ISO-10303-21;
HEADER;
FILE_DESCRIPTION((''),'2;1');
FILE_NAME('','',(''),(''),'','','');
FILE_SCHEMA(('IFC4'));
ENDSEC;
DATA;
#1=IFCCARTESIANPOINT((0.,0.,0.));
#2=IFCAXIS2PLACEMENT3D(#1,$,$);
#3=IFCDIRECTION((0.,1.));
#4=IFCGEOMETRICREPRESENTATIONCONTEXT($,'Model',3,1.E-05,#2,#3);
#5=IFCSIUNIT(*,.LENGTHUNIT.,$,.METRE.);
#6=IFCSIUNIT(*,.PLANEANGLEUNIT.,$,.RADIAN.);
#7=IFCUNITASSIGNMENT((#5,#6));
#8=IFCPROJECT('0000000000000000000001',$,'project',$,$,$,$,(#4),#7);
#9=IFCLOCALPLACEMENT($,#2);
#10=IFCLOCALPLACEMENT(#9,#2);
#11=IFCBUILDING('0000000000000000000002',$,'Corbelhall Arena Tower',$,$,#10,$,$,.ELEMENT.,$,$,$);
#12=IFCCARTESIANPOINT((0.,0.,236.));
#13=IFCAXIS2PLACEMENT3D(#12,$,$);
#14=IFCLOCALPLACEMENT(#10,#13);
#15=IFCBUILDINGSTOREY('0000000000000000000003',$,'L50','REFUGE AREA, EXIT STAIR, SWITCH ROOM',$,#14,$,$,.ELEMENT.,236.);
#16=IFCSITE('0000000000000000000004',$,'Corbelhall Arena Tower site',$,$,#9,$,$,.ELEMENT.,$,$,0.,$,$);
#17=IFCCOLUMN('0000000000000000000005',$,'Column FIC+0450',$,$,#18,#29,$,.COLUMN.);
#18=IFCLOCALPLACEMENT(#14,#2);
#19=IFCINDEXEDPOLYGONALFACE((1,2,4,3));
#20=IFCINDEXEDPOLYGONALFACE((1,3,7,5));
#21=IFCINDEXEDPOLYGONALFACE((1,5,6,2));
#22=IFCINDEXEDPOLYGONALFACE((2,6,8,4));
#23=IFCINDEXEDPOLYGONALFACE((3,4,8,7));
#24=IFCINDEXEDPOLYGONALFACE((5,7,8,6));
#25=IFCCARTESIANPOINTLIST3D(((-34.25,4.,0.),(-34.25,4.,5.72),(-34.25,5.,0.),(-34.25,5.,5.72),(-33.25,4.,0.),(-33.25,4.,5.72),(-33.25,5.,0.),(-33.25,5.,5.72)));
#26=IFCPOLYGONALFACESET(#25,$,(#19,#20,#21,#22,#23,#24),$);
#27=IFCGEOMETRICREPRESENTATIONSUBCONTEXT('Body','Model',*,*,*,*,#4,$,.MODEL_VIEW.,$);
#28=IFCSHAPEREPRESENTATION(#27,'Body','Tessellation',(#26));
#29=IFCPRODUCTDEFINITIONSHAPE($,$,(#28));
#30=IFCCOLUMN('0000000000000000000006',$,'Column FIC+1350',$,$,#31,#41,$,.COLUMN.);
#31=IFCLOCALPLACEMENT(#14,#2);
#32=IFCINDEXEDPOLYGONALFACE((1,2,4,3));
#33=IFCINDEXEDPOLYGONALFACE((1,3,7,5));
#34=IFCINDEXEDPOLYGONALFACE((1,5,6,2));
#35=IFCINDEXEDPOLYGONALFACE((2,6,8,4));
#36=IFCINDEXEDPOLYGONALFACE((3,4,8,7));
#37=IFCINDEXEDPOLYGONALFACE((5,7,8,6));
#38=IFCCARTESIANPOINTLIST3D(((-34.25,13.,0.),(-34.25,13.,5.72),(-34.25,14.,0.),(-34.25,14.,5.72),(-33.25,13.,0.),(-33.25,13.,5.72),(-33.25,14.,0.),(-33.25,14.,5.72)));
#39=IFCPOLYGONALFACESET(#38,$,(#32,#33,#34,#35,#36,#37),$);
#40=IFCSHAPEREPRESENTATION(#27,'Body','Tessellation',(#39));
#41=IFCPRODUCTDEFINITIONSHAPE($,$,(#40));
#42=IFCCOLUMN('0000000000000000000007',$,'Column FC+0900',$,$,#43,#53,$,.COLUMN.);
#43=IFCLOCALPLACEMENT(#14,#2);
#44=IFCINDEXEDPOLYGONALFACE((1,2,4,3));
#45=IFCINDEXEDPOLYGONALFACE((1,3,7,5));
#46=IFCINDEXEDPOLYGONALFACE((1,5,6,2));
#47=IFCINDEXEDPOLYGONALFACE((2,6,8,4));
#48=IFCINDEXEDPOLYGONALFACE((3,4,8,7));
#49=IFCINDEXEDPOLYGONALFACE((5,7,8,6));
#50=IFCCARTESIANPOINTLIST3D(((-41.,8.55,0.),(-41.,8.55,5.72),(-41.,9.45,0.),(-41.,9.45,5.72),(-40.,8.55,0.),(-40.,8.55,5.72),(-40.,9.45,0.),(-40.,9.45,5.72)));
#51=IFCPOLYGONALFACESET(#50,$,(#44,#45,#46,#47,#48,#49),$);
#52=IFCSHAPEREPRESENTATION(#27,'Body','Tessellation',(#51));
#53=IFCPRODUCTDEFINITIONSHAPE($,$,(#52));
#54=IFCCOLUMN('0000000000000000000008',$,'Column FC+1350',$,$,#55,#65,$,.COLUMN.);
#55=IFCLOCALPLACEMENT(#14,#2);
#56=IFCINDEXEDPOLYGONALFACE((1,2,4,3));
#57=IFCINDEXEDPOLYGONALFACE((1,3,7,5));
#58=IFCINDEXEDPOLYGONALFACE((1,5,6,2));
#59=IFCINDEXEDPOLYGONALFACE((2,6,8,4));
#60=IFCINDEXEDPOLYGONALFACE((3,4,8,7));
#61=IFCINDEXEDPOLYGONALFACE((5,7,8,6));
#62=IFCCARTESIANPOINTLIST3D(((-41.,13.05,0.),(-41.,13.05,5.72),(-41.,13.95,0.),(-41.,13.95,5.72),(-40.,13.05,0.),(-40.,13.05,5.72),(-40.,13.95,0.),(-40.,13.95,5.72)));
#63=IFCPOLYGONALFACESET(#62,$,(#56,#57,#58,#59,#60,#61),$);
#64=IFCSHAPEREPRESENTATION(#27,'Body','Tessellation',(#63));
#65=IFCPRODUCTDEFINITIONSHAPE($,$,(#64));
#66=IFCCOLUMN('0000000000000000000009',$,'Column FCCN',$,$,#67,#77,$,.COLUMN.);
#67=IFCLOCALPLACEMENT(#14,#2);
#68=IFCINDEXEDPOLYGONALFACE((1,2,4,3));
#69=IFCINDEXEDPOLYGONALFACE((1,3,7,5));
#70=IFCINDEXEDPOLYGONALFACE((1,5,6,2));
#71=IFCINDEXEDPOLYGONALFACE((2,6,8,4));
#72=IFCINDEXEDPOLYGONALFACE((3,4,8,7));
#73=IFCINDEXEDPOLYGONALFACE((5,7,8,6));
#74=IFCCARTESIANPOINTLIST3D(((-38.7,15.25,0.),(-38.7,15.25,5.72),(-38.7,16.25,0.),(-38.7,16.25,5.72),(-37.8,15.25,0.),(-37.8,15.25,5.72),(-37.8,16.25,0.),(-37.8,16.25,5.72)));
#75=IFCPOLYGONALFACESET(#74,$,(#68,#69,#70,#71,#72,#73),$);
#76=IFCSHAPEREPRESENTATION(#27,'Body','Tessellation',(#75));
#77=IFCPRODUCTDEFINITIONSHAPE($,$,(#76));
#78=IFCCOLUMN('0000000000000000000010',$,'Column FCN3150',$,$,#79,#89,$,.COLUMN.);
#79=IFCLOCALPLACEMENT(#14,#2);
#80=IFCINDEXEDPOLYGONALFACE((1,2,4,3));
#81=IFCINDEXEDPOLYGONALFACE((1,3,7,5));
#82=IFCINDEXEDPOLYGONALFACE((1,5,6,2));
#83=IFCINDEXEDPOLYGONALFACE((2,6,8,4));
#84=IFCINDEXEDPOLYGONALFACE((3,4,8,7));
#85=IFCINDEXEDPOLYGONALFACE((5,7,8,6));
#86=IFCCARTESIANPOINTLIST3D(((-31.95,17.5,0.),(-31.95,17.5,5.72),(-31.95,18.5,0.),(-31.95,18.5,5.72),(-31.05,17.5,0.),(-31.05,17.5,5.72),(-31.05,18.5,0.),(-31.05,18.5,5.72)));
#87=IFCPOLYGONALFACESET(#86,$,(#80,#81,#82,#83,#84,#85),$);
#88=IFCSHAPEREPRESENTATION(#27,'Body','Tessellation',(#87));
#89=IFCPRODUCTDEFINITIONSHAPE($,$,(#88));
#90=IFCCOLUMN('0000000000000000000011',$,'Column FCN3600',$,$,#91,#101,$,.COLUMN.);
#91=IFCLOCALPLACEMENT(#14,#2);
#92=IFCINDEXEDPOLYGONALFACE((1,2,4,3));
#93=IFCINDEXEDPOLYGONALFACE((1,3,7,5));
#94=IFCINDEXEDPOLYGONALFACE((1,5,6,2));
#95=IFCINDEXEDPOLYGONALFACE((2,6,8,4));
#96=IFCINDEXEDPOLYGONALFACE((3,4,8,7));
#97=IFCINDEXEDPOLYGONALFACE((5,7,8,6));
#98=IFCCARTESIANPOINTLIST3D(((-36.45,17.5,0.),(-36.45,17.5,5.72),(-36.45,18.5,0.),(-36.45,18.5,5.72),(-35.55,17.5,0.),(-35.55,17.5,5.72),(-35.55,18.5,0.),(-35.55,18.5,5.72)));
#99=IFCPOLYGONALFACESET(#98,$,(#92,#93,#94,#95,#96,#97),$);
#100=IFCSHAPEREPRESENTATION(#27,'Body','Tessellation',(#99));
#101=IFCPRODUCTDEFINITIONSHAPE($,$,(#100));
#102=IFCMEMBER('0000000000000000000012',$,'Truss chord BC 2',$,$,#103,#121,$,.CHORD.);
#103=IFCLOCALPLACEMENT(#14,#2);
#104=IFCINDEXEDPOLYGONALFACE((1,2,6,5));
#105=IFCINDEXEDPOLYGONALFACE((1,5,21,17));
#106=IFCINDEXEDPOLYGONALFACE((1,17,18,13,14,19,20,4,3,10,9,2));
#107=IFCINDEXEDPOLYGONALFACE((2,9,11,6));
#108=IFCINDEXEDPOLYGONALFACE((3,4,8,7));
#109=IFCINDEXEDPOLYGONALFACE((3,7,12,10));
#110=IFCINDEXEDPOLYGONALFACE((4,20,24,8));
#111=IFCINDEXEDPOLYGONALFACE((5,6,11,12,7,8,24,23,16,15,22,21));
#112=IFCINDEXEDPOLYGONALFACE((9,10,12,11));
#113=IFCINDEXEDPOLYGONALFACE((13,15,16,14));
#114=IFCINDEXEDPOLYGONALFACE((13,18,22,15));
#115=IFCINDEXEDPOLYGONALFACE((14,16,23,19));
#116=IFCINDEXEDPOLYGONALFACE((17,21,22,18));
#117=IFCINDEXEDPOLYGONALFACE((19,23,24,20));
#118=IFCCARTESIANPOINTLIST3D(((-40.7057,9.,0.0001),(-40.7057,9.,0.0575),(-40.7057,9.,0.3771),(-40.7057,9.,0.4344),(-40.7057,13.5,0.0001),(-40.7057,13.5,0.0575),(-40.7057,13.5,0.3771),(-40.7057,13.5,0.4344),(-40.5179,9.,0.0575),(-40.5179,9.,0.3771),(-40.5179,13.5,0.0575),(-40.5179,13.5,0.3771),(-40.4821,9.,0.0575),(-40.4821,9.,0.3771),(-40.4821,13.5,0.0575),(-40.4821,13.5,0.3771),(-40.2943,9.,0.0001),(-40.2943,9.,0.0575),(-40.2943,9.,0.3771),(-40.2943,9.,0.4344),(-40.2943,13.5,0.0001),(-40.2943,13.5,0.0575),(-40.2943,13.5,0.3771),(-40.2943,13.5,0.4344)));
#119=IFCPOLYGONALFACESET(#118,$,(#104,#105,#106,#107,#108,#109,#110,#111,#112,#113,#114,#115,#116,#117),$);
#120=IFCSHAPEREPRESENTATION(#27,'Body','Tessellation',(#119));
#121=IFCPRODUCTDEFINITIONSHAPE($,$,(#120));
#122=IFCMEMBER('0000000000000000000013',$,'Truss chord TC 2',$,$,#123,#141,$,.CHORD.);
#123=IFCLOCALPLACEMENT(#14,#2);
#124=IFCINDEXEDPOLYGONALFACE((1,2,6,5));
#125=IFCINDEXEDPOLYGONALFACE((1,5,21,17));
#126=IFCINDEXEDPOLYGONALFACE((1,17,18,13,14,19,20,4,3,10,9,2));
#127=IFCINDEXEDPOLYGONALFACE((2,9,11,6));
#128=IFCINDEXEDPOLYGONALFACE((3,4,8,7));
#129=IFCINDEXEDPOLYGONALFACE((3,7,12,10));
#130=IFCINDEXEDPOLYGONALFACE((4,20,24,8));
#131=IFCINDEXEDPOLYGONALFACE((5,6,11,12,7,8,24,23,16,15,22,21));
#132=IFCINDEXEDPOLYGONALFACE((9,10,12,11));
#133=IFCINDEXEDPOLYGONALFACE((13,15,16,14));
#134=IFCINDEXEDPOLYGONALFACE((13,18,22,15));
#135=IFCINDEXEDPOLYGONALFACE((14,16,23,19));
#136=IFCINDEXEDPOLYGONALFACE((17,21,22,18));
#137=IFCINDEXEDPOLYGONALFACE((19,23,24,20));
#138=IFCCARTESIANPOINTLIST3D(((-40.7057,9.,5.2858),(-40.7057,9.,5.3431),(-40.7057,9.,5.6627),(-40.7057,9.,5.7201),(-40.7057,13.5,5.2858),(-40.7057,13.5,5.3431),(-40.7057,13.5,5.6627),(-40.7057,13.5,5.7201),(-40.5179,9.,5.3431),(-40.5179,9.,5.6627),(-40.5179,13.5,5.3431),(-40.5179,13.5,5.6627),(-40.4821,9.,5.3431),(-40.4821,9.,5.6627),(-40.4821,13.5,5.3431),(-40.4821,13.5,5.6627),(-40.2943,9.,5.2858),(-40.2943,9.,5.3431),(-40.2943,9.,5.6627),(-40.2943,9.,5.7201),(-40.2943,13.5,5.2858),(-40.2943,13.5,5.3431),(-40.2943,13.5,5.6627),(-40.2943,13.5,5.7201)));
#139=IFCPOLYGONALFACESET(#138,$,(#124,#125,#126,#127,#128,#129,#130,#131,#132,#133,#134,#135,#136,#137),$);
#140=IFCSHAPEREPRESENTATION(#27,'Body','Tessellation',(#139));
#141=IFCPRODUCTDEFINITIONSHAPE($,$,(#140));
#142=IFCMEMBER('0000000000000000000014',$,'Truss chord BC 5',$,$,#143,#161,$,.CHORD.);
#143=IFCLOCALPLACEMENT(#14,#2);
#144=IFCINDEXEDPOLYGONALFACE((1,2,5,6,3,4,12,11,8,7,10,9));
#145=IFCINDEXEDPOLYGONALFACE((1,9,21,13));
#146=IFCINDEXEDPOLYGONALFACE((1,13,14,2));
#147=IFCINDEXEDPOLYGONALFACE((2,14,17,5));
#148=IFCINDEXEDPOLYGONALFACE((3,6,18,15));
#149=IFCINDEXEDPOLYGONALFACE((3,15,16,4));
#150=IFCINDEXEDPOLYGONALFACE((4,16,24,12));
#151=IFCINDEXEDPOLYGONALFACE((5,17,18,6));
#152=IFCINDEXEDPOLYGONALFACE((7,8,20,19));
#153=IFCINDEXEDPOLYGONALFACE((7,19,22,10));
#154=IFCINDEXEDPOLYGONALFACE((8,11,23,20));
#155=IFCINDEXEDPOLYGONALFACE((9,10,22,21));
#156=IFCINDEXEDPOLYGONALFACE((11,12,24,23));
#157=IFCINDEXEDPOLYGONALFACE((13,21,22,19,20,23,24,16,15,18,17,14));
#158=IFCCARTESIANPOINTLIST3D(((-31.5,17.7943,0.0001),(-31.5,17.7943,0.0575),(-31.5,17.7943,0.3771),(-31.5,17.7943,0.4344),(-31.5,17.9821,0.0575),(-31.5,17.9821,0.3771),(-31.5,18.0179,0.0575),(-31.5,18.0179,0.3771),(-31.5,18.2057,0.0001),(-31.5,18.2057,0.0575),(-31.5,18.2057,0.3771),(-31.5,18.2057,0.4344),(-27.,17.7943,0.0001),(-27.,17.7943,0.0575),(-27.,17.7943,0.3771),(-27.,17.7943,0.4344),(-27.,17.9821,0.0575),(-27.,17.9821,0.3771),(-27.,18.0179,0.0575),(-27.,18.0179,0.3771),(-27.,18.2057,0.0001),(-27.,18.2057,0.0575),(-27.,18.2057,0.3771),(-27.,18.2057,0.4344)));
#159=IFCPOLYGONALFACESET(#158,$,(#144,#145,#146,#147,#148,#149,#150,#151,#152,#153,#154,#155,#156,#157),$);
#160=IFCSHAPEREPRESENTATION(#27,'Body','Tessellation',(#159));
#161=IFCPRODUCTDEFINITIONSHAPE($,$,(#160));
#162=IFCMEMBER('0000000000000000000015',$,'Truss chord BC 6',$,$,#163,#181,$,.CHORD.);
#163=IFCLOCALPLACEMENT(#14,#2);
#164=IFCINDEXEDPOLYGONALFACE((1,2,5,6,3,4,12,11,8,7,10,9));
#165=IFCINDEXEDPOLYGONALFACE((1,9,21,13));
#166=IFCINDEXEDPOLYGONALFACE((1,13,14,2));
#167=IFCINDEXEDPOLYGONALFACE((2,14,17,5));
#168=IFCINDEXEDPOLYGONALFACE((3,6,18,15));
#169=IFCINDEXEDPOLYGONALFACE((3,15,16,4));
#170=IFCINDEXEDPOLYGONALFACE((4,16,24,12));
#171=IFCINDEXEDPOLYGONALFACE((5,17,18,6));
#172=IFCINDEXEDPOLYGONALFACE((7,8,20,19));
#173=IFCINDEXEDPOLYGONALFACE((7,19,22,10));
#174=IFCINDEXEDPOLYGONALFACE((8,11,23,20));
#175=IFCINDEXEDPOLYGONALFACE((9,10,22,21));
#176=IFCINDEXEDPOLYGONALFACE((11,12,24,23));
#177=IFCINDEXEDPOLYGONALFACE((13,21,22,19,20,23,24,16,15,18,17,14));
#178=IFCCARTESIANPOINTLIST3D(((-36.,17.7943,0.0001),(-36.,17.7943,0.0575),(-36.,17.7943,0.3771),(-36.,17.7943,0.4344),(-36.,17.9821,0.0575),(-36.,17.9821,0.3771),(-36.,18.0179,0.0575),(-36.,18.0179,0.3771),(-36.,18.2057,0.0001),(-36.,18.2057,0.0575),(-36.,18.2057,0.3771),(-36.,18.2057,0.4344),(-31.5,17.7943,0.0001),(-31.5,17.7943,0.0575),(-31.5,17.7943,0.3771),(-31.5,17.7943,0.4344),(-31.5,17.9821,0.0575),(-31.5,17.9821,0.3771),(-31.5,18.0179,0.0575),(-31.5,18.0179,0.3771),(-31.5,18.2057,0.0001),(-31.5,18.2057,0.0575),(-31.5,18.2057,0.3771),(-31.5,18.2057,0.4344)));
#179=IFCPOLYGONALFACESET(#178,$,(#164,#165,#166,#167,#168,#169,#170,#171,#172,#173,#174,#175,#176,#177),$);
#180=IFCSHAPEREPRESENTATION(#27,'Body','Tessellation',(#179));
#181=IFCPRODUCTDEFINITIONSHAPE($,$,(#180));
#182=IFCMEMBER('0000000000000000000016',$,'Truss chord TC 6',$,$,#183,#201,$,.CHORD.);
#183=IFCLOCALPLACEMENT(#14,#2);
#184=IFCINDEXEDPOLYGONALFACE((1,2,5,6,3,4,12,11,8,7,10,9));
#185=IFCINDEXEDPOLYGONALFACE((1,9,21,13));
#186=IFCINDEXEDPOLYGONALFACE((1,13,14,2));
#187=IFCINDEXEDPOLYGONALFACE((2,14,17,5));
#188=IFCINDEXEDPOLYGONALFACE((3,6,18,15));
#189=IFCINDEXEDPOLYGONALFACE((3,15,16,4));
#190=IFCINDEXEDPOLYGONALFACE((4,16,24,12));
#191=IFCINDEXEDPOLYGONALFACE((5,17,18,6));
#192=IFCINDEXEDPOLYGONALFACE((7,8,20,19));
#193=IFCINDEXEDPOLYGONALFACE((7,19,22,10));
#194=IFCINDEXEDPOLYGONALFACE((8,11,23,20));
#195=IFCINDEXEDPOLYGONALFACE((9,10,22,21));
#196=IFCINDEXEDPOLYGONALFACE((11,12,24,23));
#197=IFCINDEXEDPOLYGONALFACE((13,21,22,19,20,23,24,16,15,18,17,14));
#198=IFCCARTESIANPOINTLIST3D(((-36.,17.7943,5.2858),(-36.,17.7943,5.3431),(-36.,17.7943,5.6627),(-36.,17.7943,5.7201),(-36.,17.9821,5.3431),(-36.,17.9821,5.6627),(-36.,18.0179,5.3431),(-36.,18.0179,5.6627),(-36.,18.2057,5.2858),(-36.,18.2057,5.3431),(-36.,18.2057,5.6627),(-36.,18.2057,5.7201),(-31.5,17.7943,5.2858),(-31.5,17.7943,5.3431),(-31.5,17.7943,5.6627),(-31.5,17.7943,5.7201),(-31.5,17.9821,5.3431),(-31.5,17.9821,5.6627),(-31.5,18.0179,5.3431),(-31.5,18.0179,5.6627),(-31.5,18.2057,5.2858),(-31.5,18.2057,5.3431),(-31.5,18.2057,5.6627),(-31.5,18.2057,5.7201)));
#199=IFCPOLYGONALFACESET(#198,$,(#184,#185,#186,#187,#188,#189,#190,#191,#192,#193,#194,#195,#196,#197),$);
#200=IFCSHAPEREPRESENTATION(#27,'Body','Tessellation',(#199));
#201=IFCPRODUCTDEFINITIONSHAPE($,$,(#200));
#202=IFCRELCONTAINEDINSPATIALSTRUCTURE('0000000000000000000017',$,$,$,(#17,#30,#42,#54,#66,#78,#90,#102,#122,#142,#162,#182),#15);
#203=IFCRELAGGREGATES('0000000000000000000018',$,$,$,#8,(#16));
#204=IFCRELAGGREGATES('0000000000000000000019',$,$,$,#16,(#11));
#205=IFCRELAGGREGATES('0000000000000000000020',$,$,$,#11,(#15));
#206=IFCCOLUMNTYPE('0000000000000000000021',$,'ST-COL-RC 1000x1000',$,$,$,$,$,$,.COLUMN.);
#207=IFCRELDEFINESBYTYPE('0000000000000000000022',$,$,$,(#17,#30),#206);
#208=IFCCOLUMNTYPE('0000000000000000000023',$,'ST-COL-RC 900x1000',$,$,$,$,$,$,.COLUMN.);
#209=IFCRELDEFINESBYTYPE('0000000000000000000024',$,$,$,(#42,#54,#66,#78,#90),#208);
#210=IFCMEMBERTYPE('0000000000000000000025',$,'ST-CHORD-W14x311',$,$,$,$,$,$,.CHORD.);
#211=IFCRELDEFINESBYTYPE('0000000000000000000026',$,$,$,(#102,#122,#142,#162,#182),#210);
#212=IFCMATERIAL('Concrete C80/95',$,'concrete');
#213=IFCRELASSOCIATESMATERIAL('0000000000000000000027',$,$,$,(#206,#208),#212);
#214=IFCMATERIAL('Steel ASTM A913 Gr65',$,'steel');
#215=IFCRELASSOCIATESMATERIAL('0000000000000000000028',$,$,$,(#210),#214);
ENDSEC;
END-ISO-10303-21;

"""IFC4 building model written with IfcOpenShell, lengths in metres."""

from ifc_helpers import new_model, si_unit, direction, frame, origin, origin_2d, place, context, subcontext, project, spatial, rectangle, i_section, extrude, material, material_profile, profile_set, type_object, element, save


model = new_model("IFC4")

# Units and contexts
model_context = context("Model", 3, precision=1e-05, world=origin(), true_north=direction((0.0, 1.0)))
body_context = subcontext(model_context, "Body", "Model", "MODEL_VIEW")
ifc_project = project(units=[si_unit("LENGTHUNIT", "METRE"), si_unit("PLANEANGLEUNIT", "RADIAN")], contexts=[model_context])

# Site, building, storey
site_placement = place(None, origin())
site = spatial("IfcSite", under=ifc_project, at=site_placement, Name="Corbelhall Arena Tower site", CompositionType="ELEMENT", RefElevation=0.0)
building_placement = place(site_placement, origin())
building = spatial("IfcBuilding", under=site, at=building_placement, Name="Corbelhall Arena Tower", CompositionType="ELEMENT")
storey_placement = place(building_placement, frame((0.0, 0.0, 236.0)))
storey = spatial("IfcBuildingStorey", under=building, at=storey_placement, Name="L50", Description="REFUGE AREA, EXIT STAIR, SWITCH ROOM", CompositionType="ELEMENT", Elevation=236.0)

# Columns
ifc_material_1 = material(Name="Concrete C80/95", Category="concrete")
ifc_material_profile_1 = material_profile(ifc_material_1, rectangle(XDim=1.0, YDim=1.0, at=origin_2d()))
ifc_profile_set_1 = profile_set([ifc_material_profile_1], Name="Concrete C80/95")
column_type_1 = type_object("IfcColumnType", Name="ST-COL-RC 1000x1000", PredefinedType="COLUMN", material=ifc_profile_set_1)
for number, where, z_axis, x_axis, name in (
    (1, (-33.75, 4.5, 0.0), (0.0, 0.0, 1.0), (1.0, 0.0, 0.0), "Column FIC+0450"),
    (2, (-33.75, 13.5, 0.0), (0.0, 0.0, 1.0), (1.0, 0.0, 0.0), "Column FIC+1350"),
):
    element("IfcColumn", number, at=place(storey_placement, frame(where, z_axis=z_axis, x_axis=x_axis)), inside=storey, type_object=column_type_1, Name=name, PredefinedType="COLUMN", context=body_context, shape_type="SweptSolid", body=[
        extrude(rectangle(XDim=1.0, YDim=1.0, at=origin_2d()), origin(), (0.0, 0.0, 1.0), 5.72),
    ])
ifc_material_profile_2 = material_profile(ifc_material_1, rectangle(XDim=0.8999, YDim=1.0, at=origin_2d()))
ifc_profile_set_2 = profile_set([ifc_material_profile_2], Name="Concrete C80/95")
column_type_2 = type_object("IfcColumnType", Name="ST-COL-RC 900x1000", PredefinedType="COLUMN", material=ifc_profile_set_2)
for number, where, z_axis, x_axis, name in (
    (3, (-40.5, 9.0, 0.0), (0.0, 0.0, 1.0), (0.0, 1.0, 0.0), "Column FC+0900"),
    (4, (-40.5, 13.5, 0.0), (0.0, 0.0, 1.0), (0.0, 1.0, 0.0), "Column FC+1350"),
    (5, (-38.25, 15.75, 0.0), (0.0, 0.0, 1.0), (1.0, 0.0, 0.0), "Column FCCN"),
    (6, (-31.5, 18.0, 0.0), (0.0, 0.0, 1.0), (1.0, 0.0, 0.0), "Column FCN3150"),
    (7, (-36.0, 18.0, 0.0), (0.0, 0.0, 1.0), (1.0, 0.0, 0.0), "Column FCN3600"),
):
    element("IfcColumn", number, at=place(storey_placement, frame(where, z_axis=z_axis, x_axis=x_axis)), inside=storey, type_object=column_type_2, Name=name, PredefinedType="COLUMN", context=body_context, shape_type="SweptSolid", body=[
        extrude(rectangle(XDim=0.8999, YDim=1.0, at=origin_2d()), origin(), (0.0, 0.0, 1.0), 5.72),
    ])

# Members
ifc_material_2 = material(Name="Steel ASTM A913 Gr65", Category="steel")
ifc_material_profile_3 = material_profile(ifc_material_2, i_section(OverallWidth=0.4114, OverallDepth=0.4343, WebThickness=0.0359, FlangeThickness=0.0574, at=origin_2d()))
ifc_profile_set_3 = profile_set([ifc_material_profile_3], Name="Steel ASTM A913 Gr65")
member_type_1 = type_object("IfcMemberType", Name="ST-CHORD-W14x311", PredefinedType="CHORD", material=ifc_profile_set_3)
for number, where, z_axis, x_axis, name in (
    (8, (-40.5, 9.0, 0.2173), (0.0, 1.0, 0.0), (-1.0, 0.0, 0.0), "Truss chord BC 2"),
    (9, (-40.5, 9.0, 5.5029), (0.0, 1.0, 0.0), (-1.0, 0.0, 0.0), "Truss chord TC 2"),
    (10, (-31.5, 18.0, 0.2173), (1.0, 0.0, 0.0), (0.0, 1.0, 0.0), "Truss chord BC 5"),
    (11, (-36.0, 18.0, 0.2173), (1.0, 0.0, 0.0), (0.0, 1.0, 0.0), "Truss chord BC 6"),
    (12, (-36.0, 18.0, 5.5029), (1.0, 0.0, 0.0), (0.0, 1.0, 0.0), "Truss chord TC 6"),
):
    element("IfcMember", number, at=place(storey_placement, frame(where, z_axis=z_axis, x_axis=x_axis)), inside=storey, type_object=member_type_1, Name=name, PredefinedType="CHORD", context=body_context, shape_type="SweptSolid", body=[
        extrude(i_section(OverallWidth=0.4114, OverallDepth=0.4343, WebThickness=0.0359, FlangeThickness=0.0574, at=origin_2d()), origin(), (0.0, 0.0, 1.0), 4.5),
    ])

save(model, "model.ifc")
